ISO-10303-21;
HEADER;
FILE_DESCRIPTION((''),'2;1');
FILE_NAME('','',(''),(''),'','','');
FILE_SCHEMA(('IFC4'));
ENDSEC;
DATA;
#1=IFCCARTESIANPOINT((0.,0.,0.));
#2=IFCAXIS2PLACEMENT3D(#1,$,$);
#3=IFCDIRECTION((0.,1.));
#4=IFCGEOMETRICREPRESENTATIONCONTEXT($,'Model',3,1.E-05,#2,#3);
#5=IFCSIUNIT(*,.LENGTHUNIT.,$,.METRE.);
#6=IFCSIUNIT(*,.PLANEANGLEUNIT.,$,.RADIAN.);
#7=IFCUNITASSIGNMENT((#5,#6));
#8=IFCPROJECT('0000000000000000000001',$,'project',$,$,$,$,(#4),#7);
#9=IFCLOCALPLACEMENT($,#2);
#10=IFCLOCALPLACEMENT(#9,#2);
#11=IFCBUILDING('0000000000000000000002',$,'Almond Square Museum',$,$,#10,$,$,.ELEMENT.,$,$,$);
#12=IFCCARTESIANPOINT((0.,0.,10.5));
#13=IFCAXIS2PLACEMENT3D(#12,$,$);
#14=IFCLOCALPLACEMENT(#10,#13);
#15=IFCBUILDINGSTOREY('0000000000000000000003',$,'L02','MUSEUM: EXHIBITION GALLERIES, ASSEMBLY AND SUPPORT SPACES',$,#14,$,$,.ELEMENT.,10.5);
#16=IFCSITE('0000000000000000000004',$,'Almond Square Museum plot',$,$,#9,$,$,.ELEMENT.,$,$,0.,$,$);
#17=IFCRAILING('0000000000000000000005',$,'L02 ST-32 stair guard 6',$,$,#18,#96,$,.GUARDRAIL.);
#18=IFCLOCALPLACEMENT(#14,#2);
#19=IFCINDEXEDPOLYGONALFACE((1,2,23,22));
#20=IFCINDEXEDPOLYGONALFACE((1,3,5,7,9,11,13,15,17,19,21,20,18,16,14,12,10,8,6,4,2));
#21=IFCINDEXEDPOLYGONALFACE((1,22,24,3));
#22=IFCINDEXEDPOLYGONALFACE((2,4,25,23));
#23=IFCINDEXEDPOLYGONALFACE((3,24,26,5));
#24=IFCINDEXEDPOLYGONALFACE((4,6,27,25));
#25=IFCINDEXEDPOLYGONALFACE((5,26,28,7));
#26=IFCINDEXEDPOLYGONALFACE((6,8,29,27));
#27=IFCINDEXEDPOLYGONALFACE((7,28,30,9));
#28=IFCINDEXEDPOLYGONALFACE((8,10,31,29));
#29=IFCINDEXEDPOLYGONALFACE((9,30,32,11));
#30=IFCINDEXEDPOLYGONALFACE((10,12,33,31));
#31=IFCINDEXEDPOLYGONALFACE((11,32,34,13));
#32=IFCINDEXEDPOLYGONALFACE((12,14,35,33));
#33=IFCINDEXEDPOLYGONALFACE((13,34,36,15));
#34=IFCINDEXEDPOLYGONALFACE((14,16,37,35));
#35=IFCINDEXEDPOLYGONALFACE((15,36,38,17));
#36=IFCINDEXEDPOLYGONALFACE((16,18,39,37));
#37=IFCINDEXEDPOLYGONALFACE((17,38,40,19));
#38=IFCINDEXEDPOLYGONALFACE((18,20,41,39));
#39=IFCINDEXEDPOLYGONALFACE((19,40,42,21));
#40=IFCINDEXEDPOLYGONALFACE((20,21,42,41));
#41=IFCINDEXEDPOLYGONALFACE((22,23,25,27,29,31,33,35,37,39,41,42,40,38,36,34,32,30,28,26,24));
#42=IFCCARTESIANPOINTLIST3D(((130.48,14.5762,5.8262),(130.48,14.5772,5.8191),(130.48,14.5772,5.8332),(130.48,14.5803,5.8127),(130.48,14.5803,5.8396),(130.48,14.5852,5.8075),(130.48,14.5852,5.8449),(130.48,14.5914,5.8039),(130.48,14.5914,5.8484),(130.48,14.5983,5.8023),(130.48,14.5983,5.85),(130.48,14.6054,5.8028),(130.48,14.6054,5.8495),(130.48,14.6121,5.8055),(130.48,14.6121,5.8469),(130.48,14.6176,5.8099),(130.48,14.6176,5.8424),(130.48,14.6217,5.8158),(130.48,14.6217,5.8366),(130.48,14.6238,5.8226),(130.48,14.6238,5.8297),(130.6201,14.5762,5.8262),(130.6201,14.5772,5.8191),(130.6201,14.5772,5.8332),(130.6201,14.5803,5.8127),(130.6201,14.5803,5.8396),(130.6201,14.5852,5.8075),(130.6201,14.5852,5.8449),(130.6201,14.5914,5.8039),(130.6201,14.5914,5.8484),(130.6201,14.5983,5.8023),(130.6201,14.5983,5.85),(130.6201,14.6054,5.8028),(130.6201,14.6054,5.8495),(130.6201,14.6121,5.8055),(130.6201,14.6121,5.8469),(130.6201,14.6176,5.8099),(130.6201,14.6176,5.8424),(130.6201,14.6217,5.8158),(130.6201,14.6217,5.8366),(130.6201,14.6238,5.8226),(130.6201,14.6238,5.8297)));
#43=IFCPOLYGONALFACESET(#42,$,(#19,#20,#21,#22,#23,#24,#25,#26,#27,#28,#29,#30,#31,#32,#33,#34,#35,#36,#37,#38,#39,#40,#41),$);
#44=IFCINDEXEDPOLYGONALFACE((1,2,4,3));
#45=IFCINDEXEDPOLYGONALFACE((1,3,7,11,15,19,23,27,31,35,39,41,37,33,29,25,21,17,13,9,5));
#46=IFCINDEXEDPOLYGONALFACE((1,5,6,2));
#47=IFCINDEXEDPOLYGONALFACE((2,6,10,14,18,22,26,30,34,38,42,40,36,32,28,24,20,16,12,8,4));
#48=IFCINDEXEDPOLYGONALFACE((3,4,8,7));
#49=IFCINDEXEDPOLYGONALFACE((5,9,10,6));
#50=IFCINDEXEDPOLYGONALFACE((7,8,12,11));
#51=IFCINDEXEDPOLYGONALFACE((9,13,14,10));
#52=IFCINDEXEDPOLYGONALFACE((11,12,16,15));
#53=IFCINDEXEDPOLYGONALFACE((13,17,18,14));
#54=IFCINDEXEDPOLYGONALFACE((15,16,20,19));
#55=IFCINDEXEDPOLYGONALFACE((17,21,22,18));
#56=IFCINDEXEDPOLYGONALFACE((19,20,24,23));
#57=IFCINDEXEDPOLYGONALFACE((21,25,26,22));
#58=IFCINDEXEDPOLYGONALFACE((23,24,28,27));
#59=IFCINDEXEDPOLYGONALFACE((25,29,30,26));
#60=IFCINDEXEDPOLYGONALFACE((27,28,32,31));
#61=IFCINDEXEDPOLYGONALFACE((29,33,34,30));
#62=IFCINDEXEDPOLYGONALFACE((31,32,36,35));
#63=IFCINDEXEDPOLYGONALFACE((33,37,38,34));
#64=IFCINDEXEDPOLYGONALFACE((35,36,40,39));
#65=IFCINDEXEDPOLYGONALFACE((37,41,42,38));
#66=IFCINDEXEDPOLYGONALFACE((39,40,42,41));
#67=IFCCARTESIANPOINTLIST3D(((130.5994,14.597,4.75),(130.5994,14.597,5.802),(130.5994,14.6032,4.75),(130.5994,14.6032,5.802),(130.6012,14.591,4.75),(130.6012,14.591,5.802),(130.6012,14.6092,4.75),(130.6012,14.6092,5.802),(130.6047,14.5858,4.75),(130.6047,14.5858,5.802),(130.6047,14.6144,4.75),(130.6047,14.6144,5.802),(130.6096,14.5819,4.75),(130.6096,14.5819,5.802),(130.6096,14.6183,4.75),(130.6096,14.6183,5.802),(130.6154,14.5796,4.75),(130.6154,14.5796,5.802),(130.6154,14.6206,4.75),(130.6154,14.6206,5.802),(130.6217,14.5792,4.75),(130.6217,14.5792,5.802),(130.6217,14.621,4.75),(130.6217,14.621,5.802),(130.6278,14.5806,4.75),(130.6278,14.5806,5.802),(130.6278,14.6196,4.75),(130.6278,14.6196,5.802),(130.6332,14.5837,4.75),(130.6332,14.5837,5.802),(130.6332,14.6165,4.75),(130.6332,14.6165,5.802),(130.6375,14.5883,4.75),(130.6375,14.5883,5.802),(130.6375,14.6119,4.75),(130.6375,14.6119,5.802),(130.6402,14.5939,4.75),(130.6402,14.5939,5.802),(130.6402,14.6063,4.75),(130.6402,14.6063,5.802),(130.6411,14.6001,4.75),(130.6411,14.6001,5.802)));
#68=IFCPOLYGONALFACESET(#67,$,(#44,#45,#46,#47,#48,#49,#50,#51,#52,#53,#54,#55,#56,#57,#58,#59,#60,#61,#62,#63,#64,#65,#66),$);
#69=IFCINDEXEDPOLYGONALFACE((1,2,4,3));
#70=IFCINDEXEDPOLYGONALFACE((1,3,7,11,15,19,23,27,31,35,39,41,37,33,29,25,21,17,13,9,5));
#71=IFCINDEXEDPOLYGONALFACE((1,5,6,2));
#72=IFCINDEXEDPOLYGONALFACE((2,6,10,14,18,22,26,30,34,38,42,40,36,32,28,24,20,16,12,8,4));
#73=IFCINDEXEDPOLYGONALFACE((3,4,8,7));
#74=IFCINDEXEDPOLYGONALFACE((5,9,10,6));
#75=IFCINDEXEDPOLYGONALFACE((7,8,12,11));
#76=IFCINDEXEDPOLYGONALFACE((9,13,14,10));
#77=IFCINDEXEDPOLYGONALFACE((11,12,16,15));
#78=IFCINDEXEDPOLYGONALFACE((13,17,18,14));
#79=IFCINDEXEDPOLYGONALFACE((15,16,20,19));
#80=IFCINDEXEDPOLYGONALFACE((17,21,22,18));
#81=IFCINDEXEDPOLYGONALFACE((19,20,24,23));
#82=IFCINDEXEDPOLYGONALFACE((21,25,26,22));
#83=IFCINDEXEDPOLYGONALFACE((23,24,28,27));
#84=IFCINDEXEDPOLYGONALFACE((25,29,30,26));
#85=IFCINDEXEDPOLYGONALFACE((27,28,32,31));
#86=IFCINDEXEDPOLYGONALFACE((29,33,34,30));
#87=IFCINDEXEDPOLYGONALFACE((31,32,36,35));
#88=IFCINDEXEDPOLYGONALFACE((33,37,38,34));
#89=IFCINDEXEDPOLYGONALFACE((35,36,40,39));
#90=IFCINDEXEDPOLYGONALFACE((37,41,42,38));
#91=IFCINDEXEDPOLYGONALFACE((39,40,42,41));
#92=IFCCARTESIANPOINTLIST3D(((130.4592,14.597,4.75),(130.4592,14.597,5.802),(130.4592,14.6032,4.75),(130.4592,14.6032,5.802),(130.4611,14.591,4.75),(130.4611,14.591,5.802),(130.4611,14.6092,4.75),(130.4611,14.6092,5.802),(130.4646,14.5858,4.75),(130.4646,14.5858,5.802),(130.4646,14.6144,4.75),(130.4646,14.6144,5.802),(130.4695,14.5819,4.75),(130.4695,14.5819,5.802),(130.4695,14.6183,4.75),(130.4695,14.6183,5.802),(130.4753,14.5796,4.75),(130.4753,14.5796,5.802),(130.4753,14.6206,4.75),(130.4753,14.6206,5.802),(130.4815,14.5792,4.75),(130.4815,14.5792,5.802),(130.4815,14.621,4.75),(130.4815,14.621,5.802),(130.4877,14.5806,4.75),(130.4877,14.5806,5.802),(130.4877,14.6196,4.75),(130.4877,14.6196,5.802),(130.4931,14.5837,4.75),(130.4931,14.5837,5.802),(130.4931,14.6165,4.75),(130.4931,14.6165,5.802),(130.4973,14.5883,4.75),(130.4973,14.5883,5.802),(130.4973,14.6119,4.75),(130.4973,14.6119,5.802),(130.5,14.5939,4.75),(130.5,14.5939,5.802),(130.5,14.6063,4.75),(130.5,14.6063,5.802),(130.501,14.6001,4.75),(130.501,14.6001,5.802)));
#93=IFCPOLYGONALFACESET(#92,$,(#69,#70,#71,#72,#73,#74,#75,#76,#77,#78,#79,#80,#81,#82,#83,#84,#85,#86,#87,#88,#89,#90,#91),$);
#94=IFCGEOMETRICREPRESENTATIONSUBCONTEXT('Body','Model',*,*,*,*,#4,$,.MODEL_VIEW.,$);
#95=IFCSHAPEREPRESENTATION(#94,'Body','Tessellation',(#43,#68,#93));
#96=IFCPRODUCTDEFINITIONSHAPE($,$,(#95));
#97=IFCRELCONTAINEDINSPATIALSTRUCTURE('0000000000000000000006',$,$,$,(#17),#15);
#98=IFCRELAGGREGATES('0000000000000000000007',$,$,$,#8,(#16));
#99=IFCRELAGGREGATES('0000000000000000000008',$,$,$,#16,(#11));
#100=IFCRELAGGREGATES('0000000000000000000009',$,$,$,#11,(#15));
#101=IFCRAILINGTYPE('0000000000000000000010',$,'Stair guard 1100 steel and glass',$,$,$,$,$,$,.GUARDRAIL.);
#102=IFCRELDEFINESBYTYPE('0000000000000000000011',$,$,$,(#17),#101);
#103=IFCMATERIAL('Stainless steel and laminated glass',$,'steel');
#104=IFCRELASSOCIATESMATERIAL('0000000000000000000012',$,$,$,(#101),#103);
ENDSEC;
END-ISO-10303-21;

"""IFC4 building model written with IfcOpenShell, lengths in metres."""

from ifc_helpers import new_model, si_unit, direction, frame, origin, origin_2d, place, context, subcontext, project, spatial, circle, extrude, material, type_object, element, save


model = new_model("IFC4")

# Units and contexts
model_context = context("Model", 3, precision=1e-05, world=origin(), true_north=direction((0.0, 1.0)))
body_context = subcontext(model_context, "Body", "Model", "MODEL_VIEW")
ifc_project = project(units=[si_unit("LENGTHUNIT", "METRE"), si_unit("PLANEANGLEUNIT", "RADIAN")], contexts=[model_context])

# Site, building, storey
site_placement = place(None, origin())
site = spatial("IfcSite", under=ifc_project, at=site_placement, Name="Almond Square Museum plot", CompositionType="ELEMENT", RefElevation=0.0)
building_placement = place(site_placement, origin())
building = spatial("IfcBuilding", under=site, at=building_placement, Name="Almond Square Museum", CompositionType="ELEMENT")
storey_placement = place(building_placement, frame((0.0, 0.0, 10.5)))
storey = spatial("IfcBuildingStorey", under=building, at=storey_placement, Name="L02", Description="MUSEUM: EXHIBITION GALLERIES, ASSEMBLY AND SUPPORT SPACES", CompositionType="ELEMENT", Elevation=10.5)

# Railing
ifc_material_1 = material(Name="Stainless steel and laminated glass", Category="steel")
railing_type_1 = type_object("IfcRailingType", Name="Stair guard 1100 steel and glass", PredefinedType="GUARDRAIL", material=ifc_material_1)
railing_1_placement = place(storey_placement, frame((130.6201, 14.6001, 4.75)))
element("IfcRailing", 1, at=railing_1_placement, inside=storey, type_object=railing_type_1, Name="L02 ST-32 stair guard 6", PredefinedType="GUARDRAIL", context=body_context, shape_type="SweptSolid", body=[
    extrude(circle(Radius=0.0239, at=origin_2d()), frame((0.0, 0.0, 1.0762), z_axis=(-1.0, 0.0, 0.0), x_axis=(0.0, -1.0, 0.0)), (0.0, 0.0, 1.0), 0.1401),
    extrude(circle(Radius=0.021, at=origin_2d()), origin(), (0.0, 0.0, 1.0), 1.052),
    extrude(circle(Radius=0.021, at=origin_2d()), frame((-0.1401, 0.0, 0.0)), (0.0, 0.0, 1.0), 1.052),
])

save(model, "model.ifc")
